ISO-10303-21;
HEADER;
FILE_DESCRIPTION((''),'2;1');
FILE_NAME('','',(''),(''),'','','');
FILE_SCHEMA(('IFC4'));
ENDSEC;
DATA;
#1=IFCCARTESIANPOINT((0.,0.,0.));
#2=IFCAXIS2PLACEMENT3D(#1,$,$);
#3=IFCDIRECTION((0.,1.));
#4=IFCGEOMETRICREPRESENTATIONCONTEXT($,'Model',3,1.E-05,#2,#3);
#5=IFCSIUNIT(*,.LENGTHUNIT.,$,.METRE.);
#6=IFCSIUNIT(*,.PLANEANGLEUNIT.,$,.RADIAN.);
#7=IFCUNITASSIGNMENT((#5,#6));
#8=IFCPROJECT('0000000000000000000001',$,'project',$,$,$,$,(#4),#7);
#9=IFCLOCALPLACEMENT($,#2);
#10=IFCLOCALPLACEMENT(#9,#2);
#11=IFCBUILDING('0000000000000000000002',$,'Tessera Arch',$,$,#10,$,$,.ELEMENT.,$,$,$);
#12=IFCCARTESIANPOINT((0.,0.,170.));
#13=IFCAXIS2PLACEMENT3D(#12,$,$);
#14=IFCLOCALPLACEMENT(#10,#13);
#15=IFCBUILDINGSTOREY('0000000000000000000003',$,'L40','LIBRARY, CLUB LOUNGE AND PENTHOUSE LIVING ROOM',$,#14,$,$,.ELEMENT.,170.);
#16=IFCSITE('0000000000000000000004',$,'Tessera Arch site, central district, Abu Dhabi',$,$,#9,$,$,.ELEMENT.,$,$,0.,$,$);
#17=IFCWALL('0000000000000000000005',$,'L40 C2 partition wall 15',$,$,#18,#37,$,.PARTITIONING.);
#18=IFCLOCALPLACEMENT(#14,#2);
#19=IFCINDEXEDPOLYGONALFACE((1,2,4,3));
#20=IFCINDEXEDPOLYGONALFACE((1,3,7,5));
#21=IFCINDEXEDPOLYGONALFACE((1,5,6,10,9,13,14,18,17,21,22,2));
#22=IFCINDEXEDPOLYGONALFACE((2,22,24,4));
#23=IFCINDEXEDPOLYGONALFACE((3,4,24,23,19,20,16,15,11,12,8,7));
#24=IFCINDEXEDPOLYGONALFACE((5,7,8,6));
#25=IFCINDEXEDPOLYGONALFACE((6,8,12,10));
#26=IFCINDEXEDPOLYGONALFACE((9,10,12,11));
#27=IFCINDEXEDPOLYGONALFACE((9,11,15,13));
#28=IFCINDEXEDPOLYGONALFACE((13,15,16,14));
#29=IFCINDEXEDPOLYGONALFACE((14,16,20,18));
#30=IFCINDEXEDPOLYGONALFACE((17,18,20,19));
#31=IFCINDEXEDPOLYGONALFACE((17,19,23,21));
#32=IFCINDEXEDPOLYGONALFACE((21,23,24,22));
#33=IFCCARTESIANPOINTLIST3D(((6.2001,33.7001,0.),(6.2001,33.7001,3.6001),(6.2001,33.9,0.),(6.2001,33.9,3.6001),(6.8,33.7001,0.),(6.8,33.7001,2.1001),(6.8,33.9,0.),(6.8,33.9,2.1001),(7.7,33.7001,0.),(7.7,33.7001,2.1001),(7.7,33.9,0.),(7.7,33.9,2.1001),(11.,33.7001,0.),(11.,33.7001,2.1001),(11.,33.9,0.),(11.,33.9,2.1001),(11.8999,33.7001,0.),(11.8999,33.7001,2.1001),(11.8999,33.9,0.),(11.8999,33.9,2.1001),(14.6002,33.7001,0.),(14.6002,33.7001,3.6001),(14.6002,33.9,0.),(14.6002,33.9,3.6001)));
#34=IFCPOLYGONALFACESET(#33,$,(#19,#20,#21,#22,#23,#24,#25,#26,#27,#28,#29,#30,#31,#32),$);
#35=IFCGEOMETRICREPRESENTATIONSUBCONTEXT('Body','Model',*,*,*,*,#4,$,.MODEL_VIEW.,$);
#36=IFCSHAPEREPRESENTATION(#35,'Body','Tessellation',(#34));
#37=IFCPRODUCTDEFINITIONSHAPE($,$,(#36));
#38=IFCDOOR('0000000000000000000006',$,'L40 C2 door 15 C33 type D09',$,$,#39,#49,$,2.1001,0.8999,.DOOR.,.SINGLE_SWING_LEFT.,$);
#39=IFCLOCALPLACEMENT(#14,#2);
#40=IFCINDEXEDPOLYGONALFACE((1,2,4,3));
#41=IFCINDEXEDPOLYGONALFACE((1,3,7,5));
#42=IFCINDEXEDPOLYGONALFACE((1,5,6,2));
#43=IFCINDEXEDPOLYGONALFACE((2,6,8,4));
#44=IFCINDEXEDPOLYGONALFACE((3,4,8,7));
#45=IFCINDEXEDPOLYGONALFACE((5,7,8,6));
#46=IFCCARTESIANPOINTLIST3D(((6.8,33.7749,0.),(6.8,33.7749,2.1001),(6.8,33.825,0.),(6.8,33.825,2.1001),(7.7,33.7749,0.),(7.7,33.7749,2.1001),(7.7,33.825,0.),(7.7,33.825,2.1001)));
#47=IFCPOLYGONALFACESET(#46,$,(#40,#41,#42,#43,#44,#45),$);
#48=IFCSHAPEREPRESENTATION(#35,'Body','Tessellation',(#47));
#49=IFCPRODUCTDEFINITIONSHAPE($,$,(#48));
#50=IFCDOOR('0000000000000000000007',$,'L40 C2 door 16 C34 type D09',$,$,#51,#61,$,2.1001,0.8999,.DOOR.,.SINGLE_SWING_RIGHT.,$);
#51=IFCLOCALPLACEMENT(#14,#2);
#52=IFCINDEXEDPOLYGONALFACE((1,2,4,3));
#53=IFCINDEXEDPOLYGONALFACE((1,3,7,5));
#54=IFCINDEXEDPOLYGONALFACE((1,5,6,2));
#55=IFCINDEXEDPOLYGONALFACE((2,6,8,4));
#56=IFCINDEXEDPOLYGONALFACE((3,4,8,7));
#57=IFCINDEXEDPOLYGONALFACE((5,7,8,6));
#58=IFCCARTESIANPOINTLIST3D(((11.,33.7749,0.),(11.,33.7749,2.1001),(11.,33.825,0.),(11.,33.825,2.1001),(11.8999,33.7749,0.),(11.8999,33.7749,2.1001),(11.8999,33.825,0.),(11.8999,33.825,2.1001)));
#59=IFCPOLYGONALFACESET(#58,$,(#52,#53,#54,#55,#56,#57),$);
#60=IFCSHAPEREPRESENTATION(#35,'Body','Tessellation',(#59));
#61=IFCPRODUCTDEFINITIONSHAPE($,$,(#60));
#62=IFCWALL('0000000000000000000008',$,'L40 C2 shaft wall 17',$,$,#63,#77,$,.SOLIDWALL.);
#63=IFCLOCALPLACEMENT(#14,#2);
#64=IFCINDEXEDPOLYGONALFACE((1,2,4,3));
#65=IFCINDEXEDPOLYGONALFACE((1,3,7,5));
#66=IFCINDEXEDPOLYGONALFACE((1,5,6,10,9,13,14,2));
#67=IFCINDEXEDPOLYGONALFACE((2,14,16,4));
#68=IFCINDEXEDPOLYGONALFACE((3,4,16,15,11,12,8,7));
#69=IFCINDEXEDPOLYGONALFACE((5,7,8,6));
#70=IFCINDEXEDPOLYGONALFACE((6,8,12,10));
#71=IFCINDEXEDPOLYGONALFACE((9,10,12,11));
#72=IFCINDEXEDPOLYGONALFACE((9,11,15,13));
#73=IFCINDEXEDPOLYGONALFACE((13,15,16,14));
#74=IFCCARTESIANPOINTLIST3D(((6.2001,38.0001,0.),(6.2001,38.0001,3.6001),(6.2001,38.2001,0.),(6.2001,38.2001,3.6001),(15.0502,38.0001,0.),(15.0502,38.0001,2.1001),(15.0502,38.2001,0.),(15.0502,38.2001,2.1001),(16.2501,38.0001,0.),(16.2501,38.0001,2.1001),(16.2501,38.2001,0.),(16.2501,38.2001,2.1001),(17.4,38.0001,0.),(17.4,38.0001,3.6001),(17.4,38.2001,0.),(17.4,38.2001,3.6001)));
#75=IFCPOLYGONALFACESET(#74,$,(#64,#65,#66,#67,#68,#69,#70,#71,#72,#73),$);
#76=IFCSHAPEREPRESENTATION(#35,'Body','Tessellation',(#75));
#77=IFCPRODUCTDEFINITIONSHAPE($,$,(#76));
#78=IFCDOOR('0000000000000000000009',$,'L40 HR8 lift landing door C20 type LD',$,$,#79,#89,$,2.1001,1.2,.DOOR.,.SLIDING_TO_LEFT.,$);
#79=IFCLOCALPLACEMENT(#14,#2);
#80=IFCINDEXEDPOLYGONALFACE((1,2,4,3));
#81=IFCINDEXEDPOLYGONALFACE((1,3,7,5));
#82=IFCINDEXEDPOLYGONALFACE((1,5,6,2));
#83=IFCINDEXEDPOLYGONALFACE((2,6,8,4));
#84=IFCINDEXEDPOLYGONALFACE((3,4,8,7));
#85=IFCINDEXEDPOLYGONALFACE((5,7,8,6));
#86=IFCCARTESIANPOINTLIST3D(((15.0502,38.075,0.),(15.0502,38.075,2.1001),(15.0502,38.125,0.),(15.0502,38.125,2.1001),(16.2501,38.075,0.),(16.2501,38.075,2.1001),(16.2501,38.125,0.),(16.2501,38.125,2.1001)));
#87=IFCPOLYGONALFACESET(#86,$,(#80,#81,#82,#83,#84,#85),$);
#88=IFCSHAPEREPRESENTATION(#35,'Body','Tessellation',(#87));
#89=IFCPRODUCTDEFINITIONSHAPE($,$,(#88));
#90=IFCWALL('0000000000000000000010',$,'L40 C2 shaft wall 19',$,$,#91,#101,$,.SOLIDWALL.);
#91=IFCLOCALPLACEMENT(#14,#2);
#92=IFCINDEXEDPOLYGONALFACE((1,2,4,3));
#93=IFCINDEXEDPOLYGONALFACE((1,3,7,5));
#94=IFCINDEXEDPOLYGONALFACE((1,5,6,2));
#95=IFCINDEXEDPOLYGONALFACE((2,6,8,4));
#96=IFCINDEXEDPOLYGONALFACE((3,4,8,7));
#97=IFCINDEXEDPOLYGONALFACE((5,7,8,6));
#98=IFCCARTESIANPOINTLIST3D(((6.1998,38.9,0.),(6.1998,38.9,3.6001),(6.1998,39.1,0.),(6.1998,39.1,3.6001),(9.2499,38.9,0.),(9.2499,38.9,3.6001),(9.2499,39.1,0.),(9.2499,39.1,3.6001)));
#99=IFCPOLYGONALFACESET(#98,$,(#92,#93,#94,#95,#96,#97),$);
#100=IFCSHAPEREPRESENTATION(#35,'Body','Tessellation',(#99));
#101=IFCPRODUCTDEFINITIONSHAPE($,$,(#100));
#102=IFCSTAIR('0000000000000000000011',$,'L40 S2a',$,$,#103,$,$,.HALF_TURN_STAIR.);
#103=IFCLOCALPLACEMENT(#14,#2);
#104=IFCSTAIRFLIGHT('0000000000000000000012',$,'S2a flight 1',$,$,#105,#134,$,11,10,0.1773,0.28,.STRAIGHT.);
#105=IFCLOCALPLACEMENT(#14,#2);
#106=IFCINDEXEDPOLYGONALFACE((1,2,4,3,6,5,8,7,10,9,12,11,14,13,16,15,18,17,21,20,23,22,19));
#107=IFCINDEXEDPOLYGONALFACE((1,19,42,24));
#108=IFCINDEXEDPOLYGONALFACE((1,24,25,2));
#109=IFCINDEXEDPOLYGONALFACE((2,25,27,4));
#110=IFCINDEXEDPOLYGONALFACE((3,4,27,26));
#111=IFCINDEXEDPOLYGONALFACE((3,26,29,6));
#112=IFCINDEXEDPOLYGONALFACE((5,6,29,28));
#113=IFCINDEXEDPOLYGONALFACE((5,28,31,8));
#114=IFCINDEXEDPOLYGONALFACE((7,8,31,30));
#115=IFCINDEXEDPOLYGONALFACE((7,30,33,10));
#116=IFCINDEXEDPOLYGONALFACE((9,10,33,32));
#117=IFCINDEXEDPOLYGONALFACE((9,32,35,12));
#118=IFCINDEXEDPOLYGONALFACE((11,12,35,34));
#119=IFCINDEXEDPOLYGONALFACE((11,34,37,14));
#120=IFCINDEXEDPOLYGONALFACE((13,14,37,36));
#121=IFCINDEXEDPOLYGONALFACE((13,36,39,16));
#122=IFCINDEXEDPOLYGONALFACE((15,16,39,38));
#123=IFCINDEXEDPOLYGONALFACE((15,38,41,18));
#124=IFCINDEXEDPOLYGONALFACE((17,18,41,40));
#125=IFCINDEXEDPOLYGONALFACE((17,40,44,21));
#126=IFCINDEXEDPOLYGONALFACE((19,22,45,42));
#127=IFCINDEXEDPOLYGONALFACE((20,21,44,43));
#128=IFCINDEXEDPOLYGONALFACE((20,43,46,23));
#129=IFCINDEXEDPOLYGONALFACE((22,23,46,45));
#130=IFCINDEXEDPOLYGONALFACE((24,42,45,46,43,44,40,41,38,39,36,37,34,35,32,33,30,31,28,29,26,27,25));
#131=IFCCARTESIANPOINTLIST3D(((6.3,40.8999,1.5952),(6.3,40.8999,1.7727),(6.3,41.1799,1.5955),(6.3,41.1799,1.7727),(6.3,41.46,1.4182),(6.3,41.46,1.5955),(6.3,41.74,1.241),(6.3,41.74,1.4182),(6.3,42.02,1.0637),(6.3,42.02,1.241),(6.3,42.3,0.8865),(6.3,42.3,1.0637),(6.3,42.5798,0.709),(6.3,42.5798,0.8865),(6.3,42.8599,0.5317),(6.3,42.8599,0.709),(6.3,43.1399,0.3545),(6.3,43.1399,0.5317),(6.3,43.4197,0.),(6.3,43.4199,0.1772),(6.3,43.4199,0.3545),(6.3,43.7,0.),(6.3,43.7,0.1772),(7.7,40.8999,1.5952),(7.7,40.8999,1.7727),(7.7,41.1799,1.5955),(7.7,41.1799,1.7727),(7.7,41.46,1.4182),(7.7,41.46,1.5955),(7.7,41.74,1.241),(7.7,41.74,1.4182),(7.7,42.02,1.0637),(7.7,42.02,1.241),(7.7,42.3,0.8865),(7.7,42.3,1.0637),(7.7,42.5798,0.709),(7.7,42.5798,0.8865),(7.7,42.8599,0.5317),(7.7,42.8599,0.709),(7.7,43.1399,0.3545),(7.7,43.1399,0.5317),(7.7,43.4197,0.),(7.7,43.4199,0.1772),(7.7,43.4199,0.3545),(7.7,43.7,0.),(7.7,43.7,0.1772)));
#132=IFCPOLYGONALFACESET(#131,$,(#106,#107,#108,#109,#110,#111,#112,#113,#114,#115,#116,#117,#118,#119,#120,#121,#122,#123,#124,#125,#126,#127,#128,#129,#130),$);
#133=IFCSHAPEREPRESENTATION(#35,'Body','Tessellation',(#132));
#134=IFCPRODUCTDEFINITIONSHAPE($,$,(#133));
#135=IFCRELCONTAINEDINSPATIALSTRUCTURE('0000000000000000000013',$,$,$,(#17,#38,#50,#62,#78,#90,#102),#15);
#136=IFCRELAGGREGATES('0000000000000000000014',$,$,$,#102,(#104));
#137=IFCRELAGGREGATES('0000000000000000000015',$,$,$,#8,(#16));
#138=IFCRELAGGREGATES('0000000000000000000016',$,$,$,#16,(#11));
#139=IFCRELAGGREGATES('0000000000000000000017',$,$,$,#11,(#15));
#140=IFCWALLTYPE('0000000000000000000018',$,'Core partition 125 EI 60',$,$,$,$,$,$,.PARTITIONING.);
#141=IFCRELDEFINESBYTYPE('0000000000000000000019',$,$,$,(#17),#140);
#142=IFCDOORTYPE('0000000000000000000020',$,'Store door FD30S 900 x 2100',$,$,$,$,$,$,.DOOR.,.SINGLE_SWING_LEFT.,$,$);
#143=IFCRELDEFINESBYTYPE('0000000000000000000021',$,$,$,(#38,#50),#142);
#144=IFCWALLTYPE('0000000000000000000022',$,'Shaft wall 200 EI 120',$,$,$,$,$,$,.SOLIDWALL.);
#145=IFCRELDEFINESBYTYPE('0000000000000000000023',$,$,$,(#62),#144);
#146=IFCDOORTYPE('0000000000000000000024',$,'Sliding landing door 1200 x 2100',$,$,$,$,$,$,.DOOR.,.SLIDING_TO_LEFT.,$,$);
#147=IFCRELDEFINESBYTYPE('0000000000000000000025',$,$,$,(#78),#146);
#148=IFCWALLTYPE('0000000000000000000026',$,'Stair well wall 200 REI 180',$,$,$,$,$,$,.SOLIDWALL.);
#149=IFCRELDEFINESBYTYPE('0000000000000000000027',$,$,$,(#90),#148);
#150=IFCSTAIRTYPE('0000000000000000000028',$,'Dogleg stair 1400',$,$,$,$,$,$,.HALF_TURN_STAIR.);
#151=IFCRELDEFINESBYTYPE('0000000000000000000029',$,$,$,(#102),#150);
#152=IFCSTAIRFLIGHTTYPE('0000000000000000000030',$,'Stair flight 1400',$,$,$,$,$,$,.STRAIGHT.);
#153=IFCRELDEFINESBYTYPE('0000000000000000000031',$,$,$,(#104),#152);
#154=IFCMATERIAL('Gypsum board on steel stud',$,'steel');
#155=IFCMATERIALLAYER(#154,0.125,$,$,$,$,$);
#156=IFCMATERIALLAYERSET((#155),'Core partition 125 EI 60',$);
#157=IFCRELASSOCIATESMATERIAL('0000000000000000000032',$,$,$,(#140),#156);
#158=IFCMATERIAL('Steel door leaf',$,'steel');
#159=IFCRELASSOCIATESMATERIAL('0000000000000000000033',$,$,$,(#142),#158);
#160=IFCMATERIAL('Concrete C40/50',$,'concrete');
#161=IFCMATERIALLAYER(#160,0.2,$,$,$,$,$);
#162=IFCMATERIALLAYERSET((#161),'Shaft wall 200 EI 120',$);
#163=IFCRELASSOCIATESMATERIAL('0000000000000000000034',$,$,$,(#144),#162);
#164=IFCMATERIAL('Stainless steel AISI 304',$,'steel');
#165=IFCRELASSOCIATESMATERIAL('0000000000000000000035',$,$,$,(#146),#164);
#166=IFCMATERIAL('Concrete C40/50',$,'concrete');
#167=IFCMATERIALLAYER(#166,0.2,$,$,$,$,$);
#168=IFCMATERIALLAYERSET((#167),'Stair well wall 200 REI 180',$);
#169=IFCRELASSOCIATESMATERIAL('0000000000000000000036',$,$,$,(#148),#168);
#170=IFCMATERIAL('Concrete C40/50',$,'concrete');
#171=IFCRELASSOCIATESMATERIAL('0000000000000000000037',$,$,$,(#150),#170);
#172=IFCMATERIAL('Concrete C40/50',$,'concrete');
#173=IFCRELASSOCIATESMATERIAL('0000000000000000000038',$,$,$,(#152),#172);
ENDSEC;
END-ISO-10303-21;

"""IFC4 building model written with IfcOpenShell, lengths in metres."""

from ifc_helpers import new_model, si_unit, direction, frame, frame_2d, origin, place, context, subcontext, project, spatial, polyline, rectangle, outline, extrude, material, layer, layer_set, type_object, element, fill, aggregate, save


model = new_model("IFC4")

# Units and contexts
model_context = context("Model", 3, precision=1e-05, world=origin(), true_north=direction((0.0, 1.0)))
body_context = subcontext(model_context, "Body", "Model", "MODEL_VIEW")
ifc_project = project(units=[si_unit("LENGTHUNIT", "METRE"), si_unit("PLANEANGLEUNIT", "RADIAN")], contexts=[model_context])

# Site, building, storey
site_placement = place(None, origin())
site = spatial("IfcSite", under=ifc_project, at=site_placement, Name="Tessera Arch site, central district, Abu Dhabi", CompositionType="ELEMENT", RefElevation=0.0)
building_placement = place(site_placement, origin())
building = spatial("IfcBuilding", under=site, at=building_placement, Name="Tessera Arch", CompositionType="ELEMENT")
storey_placement = place(building_placement, frame((0.0, 0.0, 170.0)))
storey = spatial("IfcBuildingStorey", under=building, at=storey_placement, Name="L40", Description="LIBRARY, CLUB LOUNGE AND PENTHOUSE LIVING ROOM", CompositionType="ELEMENT", Elevation=170.0)

# Shared definitions
ifc_material_1 = material(Name="Gypsum board on steel stud", Category="steel")
ifc_layer_1 = layer(ifc_material_1, 0.125)
ifc_layer_set_1 = layer_set([ifc_layer_1], Name="Core partition 125 EI 60")
wall_type_1 = type_object("IfcWallType", Name="Core partition 125 EI 60", PredefinedType="PARTITIONING", material=ifc_layer_set_1)

# Wall, openings, doors
wall_1_placement = place(storey_placement, frame((6.2, 33.8, 0.0), z_axis=(0.0, 0.0, 1.0), x_axis=(1.0, 0.0, 0.0)))
wall_1 = element("IfcWall", 1, at=wall_1_placement, inside=storey, type_object=wall_type_1, Name="L40 C2 partition wall 15", PredefinedType="PARTITIONING", context=body_context, shape_type="SweptSolid", body=[
    extrude(rectangle(XDim=8.4001, YDim=0.2, at=frame_2d((4.2002, 0.0))), origin(), (0.0, 0.0, 1.0), 3.6001),
])
opening_1_placement = place(wall_1_placement, frame((0.6001, 0.0, 0.0)))
opening_1 = element("IfcOpeningElement", 2, at=opening_1_placement, cuts=wall_1, PredefinedType="OPENING", context=body_context, shape_type="SweptSolid", body=[
    extrude(rectangle(XDim=0.8999, YDim=2.1001, at=frame_2d((0.45, 1.05))), frame((0.0, 0.1099, 0.0), z_axis=(0.0, -1.0, 0.0), x_axis=(1.0, 0.0, 0.0)), (0.0, 0.0, 1.0), 0.22),
])
opening_2_placement = place(wall_1_placement, frame((4.8, 0.0, 0.0)))
opening_2 = element("IfcOpeningElement", 3, at=opening_2_placement, cuts=wall_1, PredefinedType="OPENING", context=body_context, shape_type="SweptSolid", body=[
    extrude(rectangle(XDim=0.8999, YDim=2.1001, at=frame_2d((0.45, 1.05))), frame((0.0, 0.1099, 0.0), z_axis=(0.0, -1.0, 0.0), x_axis=(1.0, 0.0, 0.0)), (0.0, 0.0, 1.0), 0.22),
])
ifc_material_2 = material(Name="Steel door leaf", Category="steel")
door_type_1 = type_object("IfcDoorType", Name="Store door FD30S 900 x 2100", OperationType="SINGLE_SWING_LEFT", PredefinedType="DOOR", material=ifc_material_2)
door_1_placement = place(opening_1_placement, origin())
door_1 = element("IfcDoor", 4, at=door_1_placement, inside=storey, type_object=door_type_1, Name="L40 C2 door 15 C33 type D09", OperationType="SINGLE_SWING_LEFT", OverallHeight=2.1001, OverallWidth=0.8999, PredefinedType="DOOR", context=body_context, shape_type="SweptSolid", body=[
    extrude(rectangle(XDim=0.8999, YDim=2.1001, at=frame_2d((0.45, 1.05))), frame((0.0, 0.0249, 0.0), z_axis=(0.0, -1.0, 0.0), x_axis=(1.0, 0.0, 0.0)), (0.0, 0.0, 1.0), 0.05),
])
fill(opening_1, door_1)
door_2_placement = place(opening_2_placement, origin())
door_2 = element("IfcDoor", 5, at=door_2_placement, inside=storey, type_object=door_type_1, Name="L40 C2 door 16 C34 type D09", OperationType="SINGLE_SWING_RIGHT", OverallHeight=2.1001, OverallWidth=0.8999, PredefinedType="DOOR", context=body_context, shape_type="SweptSolid", body=[
    extrude(rectangle(XDim=0.8999, YDim=2.1001, at=frame_2d((0.45, 1.05))), frame((0.0, 0.0249, 0.0), z_axis=(0.0, -1.0, 0.0), x_axis=(1.0, 0.0, 0.0)), (0.0, 0.0, 1.0), 0.05),
])
fill(opening_2, door_2)

# Wall, opening, door
ifc_material_3 = material(Name="Concrete C40/50", Category="concrete")
ifc_layer_2 = layer(ifc_material_3, 0.2)
ifc_layer_set_2 = layer_set([ifc_layer_2], Name="Shaft wall 200 EI 120")
wall_type_2 = type_object("IfcWallType", Name="Shaft wall 200 EI 120", PredefinedType="SOLIDWALL", material=ifc_layer_set_2)
wall_2_placement = place(storey_placement, frame((6.2, 38.1001, 0.0), z_axis=(0.0, 0.0, 1.0), x_axis=(1.0, 0.0, 0.0)))
wall_2 = element("IfcWall", 6, at=wall_2_placement, inside=storey, type_object=wall_type_2, Name="L40 C2 shaft wall 17", PredefinedType="SOLIDWALL", context=body_context, shape_type="SweptSolid", body=[
    extrude(rectangle(XDim=11.2, YDim=0.2, at=frame_2d((5.6001, 0.0))), origin(), (0.0, 0.0, 1.0), 3.6001),
])
opening_3_placement = place(wall_2_placement, frame((8.8501, 0.0, 0.0)))
opening_3 = element("IfcOpeningElement", 7, at=opening_3_placement, cuts=wall_2, PredefinedType="OPENING", context=body_context, shape_type="SweptSolid", body=[
    extrude(rectangle(XDim=1.2, YDim=2.1001, at=frame_2d((0.6001, 1.05))), frame((0.0, 0.1099, 0.0), z_axis=(0.0, -1.0, 0.0), x_axis=(1.0, 0.0, 0.0)), (0.0, 0.0, 1.0), 0.22),
])
ifc_material_4 = material(Name="Stainless steel AISI 304", Category="steel")
door_type_2 = type_object("IfcDoorType", Name="Sliding landing door 1200 x 2100", OperationType="SLIDING_TO_LEFT", PredefinedType="DOOR", material=ifc_material_4)
door_3_placement = place(opening_3_placement, origin())
door_3 = element("IfcDoor", 8, at=door_3_placement, inside=storey, type_object=door_type_2, Name="L40 HR8 lift landing door C20 type LD", OperationType="SLIDING_TO_LEFT", OverallHeight=2.1001, OverallWidth=1.2, PredefinedType="DOOR", context=body_context, shape_type="SweptSolid", body=[
    extrude(rectangle(XDim=1.2, YDim=2.1001, at=frame_2d((0.6001, 1.05))), frame((0.0, 0.0249, 0.0), z_axis=(0.0, -1.0, 0.0), x_axis=(1.0, 0.0, 0.0)), (0.0, 0.0, 1.0), 0.05),
])
fill(opening_3, door_3)

# Wall
ifc_material_5 = material(Name="Concrete C40/50", Category="concrete")
ifc_layer_3 = layer(ifc_material_5, 0.2)
ifc_layer_set_3 = layer_set([ifc_layer_3], Name="Stair well wall 200 REI 180")
wall_type_3 = type_object("IfcWallType", Name="Stair well wall 200 REI 180", PredefinedType="SOLIDWALL", material=ifc_layer_set_3)
wall_3_placement = place(storey_placement, frame((6.2, 39.0, 0.0), z_axis=(0.0, 0.0, 1.0), x_axis=(1.0, 0.0, 0.0)))
element("IfcWall", 9, at=wall_3_placement, inside=storey, type_object=wall_type_3, Name="L40 C2 shaft wall 19", PredefinedType="SOLIDWALL", context=body_context, shape_type="SweptSolid", body=[
    extrude(rectangle(XDim=3.05, YDim=0.2, at=frame_2d((1.5249, 0.0))), origin(), (0.0, 0.0, 1.0), 3.6001),
])

# Stair, stair flight
ifc_material_6 = material(Name="Concrete C40/50", Category="concrete")
stair_type = type_object("IfcStairType", Name="Dogleg stair 1400", PredefinedType="HALF_TURN_STAIR", material=ifc_material_6)
stair_placement = place(storey_placement, origin())
stair = element("IfcStair", 10, at=stair_placement, inside=storey, type_object=stair_type, Name="L40 S2a", PredefinedType="HALF_TURN_STAIR")
ifc_material_7 = material(Name="Concrete C40/50", Category="concrete")
stair_flight_type = type_object("IfcStairFlightType", Name="Stair flight 1400", PredefinedType="STRAIGHT", material=ifc_material_7)
stair_flight_placement = place(storey_placement, frame((7.0, 43.7, 0.0), z_axis=(0.0, 0.0, 1.0), x_axis=(0.0, -1.0, 0.0)))
stair_flight = element("IfcStairFlight", 11, at=stair_flight_placement, type_object=stair_flight_type, Name="S2a flight 1", NumberOfRisers=11, NumberOfTreads=10, PredefinedType="STRAIGHT", RiserHeight=0.1773, TreadLength=0.28, context=body_context, shape_type="SweptSolid", body=[
    extrude(outline(polyline([(0.0, 0.0), (0.0, 0.1772), (0.28, 0.1772), (0.28, 0.3545), (0.5601, 0.3545), (0.5601, 0.5317), (0.8401, 0.5317), (0.8401, 0.709), (1.1201, 0.709), (1.1201, 0.8865), (1.3999, 0.8865), (1.3999, 1.0637), (1.6799, 1.0637), (1.6799, 1.241), (1.96, 1.241), (1.96, 1.4182), (2.24, 1.4182), (2.24, 1.5955), (2.52, 1.5955), (2.52, 1.7727), (2.8, 1.7727), (2.8, 1.95), (2.8, 1.5952), (0.2803, 0.0), (0.0, 0.0)])), frame((0.0, 0.7, 0.0), z_axis=(0.0, -1.0, 0.0), x_axis=(1.0, 0.0, 0.0)), (0.0, 0.0, 1.0), 1.3999),
])
aggregate(stair, [stair_flight])

save(model, "model.ifc")
